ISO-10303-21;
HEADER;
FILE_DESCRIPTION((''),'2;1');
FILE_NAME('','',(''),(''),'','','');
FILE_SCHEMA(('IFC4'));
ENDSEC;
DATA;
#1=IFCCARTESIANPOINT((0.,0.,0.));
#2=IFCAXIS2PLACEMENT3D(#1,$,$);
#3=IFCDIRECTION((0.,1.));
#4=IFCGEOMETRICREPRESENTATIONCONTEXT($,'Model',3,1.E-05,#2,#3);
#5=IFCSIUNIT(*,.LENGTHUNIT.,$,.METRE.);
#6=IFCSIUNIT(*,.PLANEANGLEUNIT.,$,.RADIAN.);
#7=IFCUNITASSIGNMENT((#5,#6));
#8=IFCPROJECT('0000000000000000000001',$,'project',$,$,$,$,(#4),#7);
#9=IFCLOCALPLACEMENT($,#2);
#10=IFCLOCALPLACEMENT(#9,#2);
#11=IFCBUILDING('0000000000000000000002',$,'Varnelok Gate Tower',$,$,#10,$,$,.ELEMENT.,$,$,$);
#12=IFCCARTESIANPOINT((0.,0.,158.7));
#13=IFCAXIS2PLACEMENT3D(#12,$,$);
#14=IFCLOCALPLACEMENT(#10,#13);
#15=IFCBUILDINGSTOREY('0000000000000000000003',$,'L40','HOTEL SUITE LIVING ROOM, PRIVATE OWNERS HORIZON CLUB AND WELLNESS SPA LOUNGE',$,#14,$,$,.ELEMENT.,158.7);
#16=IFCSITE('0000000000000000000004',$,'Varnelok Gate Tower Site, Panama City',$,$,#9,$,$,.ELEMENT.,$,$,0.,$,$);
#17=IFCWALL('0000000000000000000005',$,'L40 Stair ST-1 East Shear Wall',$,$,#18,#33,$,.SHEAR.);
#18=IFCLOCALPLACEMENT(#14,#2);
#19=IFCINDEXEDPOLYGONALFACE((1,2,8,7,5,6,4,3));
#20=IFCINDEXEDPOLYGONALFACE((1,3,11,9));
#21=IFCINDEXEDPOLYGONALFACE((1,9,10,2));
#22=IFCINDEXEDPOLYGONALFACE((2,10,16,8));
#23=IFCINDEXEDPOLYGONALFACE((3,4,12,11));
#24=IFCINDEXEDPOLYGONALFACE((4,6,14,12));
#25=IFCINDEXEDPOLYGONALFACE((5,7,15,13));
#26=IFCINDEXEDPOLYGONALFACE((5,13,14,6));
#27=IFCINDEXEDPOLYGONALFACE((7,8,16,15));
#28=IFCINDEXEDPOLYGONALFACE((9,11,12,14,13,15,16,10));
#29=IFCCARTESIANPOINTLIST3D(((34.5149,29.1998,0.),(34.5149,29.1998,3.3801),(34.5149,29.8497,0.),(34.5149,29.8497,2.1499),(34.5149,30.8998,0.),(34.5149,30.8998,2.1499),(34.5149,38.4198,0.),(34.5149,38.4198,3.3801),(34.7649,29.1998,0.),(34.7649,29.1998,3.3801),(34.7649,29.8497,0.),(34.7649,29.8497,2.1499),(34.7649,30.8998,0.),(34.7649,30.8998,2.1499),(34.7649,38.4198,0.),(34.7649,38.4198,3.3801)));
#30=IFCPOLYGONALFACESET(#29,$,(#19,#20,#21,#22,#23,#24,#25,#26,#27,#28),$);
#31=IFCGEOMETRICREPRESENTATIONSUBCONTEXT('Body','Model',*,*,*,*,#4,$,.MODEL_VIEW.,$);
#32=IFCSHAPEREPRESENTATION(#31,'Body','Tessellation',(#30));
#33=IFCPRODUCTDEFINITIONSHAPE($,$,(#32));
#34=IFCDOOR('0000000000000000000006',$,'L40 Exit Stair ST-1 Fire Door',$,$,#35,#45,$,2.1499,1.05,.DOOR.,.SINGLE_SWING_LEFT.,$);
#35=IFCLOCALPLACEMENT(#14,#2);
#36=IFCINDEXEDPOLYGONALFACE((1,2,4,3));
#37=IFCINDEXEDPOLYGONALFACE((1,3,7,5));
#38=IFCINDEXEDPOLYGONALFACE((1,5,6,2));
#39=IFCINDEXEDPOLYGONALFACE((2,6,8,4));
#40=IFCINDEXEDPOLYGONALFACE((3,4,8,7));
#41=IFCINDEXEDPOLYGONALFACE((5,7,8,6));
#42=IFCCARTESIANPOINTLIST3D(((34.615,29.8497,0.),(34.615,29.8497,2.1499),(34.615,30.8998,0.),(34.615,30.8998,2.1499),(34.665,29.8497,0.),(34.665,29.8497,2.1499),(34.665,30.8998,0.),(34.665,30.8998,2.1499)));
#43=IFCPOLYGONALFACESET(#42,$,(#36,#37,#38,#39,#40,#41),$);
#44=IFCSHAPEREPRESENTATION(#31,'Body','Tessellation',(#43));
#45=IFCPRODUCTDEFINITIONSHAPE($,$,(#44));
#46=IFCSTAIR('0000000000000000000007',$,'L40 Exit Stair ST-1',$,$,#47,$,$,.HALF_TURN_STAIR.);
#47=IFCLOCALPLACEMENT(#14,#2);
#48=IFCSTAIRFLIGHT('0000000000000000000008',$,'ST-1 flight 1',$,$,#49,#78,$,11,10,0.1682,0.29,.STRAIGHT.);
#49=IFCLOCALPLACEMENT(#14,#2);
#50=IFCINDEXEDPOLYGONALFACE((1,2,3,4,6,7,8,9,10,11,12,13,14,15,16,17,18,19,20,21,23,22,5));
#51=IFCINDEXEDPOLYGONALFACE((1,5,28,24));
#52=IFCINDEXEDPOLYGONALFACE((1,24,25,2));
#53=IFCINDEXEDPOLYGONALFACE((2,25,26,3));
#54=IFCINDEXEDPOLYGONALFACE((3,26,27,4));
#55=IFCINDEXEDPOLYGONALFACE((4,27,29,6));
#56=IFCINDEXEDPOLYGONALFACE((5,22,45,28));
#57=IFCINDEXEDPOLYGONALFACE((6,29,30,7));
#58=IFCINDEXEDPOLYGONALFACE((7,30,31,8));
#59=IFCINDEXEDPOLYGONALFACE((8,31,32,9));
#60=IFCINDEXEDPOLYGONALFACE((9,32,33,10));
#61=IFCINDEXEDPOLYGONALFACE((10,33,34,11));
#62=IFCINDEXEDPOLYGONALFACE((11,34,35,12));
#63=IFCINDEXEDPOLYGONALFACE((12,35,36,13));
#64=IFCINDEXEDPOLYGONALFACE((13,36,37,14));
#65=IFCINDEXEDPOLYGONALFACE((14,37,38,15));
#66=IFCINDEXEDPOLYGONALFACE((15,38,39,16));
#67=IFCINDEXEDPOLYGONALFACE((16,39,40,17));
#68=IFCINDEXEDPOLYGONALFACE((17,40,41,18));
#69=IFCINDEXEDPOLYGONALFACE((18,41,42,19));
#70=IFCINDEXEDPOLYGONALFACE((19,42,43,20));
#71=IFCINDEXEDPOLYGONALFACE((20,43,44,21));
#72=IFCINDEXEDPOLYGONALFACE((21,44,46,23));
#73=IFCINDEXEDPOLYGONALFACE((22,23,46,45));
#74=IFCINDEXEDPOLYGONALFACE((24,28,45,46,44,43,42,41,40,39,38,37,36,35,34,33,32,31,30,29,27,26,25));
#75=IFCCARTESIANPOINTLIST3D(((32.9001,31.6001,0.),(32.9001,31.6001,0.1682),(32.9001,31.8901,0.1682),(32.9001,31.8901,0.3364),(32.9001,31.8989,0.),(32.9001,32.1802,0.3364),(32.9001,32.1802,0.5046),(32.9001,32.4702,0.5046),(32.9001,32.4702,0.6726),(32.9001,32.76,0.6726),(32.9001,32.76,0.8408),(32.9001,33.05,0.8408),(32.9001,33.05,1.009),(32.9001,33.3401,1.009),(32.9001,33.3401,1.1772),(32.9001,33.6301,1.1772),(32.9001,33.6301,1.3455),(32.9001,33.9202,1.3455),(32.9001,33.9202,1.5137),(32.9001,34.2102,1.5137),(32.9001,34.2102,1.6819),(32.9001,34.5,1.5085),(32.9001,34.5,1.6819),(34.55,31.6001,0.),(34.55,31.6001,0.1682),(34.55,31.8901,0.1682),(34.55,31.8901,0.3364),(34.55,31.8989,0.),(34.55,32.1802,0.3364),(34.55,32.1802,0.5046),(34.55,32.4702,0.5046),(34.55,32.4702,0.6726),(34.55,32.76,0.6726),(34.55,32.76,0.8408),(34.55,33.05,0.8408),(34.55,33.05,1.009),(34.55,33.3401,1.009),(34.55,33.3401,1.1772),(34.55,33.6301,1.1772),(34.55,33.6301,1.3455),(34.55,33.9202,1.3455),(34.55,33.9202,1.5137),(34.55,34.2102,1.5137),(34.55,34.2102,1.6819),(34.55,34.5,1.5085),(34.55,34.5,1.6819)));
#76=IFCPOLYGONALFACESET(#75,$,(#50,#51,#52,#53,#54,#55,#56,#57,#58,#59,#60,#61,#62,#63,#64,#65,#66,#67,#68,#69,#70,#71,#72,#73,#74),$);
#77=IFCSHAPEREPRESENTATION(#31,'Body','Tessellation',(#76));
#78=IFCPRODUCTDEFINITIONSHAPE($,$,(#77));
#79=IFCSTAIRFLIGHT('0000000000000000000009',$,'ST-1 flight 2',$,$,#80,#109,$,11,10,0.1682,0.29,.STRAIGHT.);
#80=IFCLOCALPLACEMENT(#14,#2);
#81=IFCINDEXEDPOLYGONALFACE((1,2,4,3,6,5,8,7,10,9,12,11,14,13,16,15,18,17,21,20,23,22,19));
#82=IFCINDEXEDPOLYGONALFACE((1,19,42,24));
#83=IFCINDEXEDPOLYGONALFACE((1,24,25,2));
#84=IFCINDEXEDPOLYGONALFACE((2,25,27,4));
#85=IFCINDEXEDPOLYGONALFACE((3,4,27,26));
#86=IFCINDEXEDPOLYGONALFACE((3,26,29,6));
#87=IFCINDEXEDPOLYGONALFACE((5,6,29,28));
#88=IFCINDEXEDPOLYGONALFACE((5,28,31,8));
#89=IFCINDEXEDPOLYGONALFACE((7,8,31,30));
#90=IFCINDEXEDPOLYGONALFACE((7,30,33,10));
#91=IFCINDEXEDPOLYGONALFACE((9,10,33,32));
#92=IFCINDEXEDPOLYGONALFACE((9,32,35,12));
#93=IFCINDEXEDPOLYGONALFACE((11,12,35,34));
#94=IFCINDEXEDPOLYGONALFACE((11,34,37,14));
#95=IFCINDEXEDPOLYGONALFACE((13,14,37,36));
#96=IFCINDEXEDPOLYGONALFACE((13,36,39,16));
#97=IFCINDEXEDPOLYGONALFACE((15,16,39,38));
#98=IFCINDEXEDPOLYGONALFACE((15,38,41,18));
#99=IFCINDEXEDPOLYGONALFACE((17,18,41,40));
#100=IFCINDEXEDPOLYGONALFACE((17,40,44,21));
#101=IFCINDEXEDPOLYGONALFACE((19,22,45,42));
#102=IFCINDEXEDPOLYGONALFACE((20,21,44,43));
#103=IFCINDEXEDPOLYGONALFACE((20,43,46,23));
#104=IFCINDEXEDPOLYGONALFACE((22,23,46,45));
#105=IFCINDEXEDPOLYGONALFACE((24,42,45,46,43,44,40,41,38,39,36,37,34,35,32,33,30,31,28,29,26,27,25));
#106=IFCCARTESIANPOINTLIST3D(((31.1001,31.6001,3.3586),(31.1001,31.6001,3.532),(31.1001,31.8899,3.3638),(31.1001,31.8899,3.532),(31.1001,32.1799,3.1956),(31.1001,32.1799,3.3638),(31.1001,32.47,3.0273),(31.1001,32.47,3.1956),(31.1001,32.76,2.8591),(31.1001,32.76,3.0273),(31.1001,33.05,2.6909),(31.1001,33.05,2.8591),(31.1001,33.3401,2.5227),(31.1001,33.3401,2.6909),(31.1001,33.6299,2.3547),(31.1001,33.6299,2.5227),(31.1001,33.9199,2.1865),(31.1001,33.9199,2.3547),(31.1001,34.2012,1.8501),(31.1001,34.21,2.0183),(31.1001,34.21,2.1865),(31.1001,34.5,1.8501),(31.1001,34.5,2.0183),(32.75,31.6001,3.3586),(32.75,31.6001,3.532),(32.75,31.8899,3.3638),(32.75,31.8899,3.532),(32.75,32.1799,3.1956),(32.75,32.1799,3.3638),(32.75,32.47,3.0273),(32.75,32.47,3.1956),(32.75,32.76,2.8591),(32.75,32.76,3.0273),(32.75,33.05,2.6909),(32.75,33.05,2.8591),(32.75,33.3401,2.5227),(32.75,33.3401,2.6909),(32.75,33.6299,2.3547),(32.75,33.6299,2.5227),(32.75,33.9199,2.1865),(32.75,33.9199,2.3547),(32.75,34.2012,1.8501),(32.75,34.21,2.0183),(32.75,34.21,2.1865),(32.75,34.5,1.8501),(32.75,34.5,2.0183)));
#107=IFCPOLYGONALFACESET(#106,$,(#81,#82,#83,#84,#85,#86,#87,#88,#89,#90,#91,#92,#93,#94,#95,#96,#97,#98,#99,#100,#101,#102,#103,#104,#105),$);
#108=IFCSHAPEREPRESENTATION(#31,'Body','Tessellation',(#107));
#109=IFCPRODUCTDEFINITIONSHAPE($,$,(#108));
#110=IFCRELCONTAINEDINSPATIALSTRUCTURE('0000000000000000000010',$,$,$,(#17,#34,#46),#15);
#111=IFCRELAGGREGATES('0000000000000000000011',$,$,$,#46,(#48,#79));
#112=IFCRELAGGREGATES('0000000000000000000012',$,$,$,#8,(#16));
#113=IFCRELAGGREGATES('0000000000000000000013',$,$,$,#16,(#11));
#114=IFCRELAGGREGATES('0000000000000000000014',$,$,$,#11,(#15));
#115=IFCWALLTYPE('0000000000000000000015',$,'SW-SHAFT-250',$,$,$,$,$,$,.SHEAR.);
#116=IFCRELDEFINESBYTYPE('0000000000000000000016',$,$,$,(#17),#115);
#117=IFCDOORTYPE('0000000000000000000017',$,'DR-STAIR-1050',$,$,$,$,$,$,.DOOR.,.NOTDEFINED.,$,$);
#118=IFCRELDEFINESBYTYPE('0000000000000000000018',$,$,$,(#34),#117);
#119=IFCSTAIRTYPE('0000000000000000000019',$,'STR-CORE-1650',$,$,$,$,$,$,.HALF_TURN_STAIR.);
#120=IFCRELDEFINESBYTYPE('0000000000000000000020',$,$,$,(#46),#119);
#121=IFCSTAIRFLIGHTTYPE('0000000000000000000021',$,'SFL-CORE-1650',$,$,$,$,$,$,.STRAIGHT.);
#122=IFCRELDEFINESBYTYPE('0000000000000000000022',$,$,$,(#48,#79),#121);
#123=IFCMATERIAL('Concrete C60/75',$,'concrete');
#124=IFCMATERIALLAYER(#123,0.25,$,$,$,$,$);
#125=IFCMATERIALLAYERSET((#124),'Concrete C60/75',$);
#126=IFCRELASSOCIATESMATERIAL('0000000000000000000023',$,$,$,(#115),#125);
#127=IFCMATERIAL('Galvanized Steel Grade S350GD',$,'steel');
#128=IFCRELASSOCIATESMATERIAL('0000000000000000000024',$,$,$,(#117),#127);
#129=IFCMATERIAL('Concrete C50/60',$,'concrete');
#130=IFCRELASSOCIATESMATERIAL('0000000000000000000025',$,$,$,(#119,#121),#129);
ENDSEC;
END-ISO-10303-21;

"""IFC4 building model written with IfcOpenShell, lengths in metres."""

from ifc_helpers import new_model, si_unit, direction, frame, frame_2d, origin, place, context, subcontext, project, spatial, polyline, rectangle, outline, extrude, material, layer, layer_set, type_object, element, fill, aggregate, save


model = new_model("IFC4")

# Units and contexts
model_context = context("Model", 3, precision=1e-05, world=origin(), true_north=direction((0.0, 1.0)))
body_context = subcontext(model_context, "Body", "Model", "MODEL_VIEW")
ifc_project = project(units=[si_unit("LENGTHUNIT", "METRE"), si_unit("PLANEANGLEUNIT", "RADIAN")], contexts=[model_context])

# Site, building, storey
site_placement = place(None, origin())
site = spatial("IfcSite", under=ifc_project, at=site_placement, Name="Varnelok Gate Tower Site, Panama City", CompositionType="ELEMENT", RefElevation=0.0)
building_placement = place(site_placement, origin())
building = spatial("IfcBuilding", under=site, at=building_placement, Name="Varnelok Gate Tower", CompositionType="ELEMENT")
storey_placement = place(building_placement, frame((0.0, 0.0, 158.7)))
storey = spatial("IfcBuildingStorey", under=building, at=storey_placement, Name="L40", Description="HOTEL SUITE LIVING ROOM, PRIVATE OWNERS HORIZON CLUB AND WELLNESS SPA LOUNGE", CompositionType="ELEMENT", Elevation=158.7)

# Shared definitions
ifc_material_1 = material(Name="Concrete C60/75", Category="concrete")

# Shared definitions
ifc_material_2 = material(Name="Galvanized Steel Grade S350GD", Category="steel")

# Wall, opening, door
ifc_layer_1 = layer(ifc_material_1, 0.25)
ifc_layer_set_1 = layer_set([ifc_layer_1], Name="Concrete C60/75")
wall_type_1 = type_object("IfcWallType", Name="SW-SHAFT-250", PredefinedType="SHEAR", material=ifc_layer_set_1)
wall_1_placement = place(storey_placement, frame((34.6399, 29.2, 0.0), z_axis=(0.0, 0.0, 1.0), x_axis=(0.0, 1.0, 0.0)))
wall_1 = element("IfcWall", 1, at=wall_1_placement, inside=storey, type_object=wall_type_1, Name="L40 Stair ST-1 East Shear Wall", PredefinedType="SHEAR", context=body_context, shape_type="SweptSolid", body=[
    extrude(rectangle(XDim=9.22, YDim=0.25, at=frame_2d((4.6099, 0.0))), origin(), (0.0, 0.0, 1.0), 3.3801),
])
opening_1_placement = place(wall_1_placement, frame((0.6499, 0.0, 0.0)))
opening_1 = element("IfcOpeningElement", 2, at=opening_1_placement, cuts=wall_1, PredefinedType="OPENING", context=body_context, shape_type="SweptSolid", body=[
    extrude(rectangle(XDim=1.05, YDim=2.1499, at=frame_2d((0.5249, 1.075))), frame((0.0, 0.135, 0.0), z_axis=(0.0, -1.0, 0.0), x_axis=(1.0, 0.0, 0.0)), (0.0, 0.0, 1.0), 0.27),
])
door_type_1 = type_object("IfcDoorType", Name="DR-STAIR-1050", OperationType="NOTDEFINED", PredefinedType="DOOR", material=ifc_material_2)
door_1_placement = place(opening_1_placement, origin())
door_1 = element("IfcDoor", 3, at=door_1_placement, inside=storey, type_object=door_type_1, Name="L40 Exit Stair ST-1 Fire Door", OperationType="SINGLE_SWING_LEFT", OverallHeight=2.1499, OverallWidth=1.05, PredefinedType="DOOR", context=body_context, shape_type="SweptSolid", body=[
    extrude(rectangle(XDim=1.05, YDim=2.1499, at=frame_2d((0.5249, 1.075))), frame((0.0, 0.0249, 0.0), z_axis=(0.0, -1.0, 0.0), x_axis=(1.0, 0.0, 0.0)), (0.0, 0.0, 1.0), 0.05),
])
fill(opening_1, door_1)

# Stair, stair flights
ifc_material_3 = material(Name="Concrete C50/60", Category="concrete")
stair_type = type_object("IfcStairType", Name="STR-CORE-1650", PredefinedType="HALF_TURN_STAIR", material=ifc_material_3)
stair_placement = place(storey_placement, origin())
stair = element("IfcStair", 4, at=stair_placement, inside=storey, type_object=stair_type, Name="L40 Exit Stair ST-1", PredefinedType="HALF_TURN_STAIR")
stair_flight_type = type_object("IfcStairFlightType", Name="SFL-CORE-1650", PredefinedType="STRAIGHT", material=ifc_material_3)
stair_flight_1_placement = place(storey_placement, frame((33.7251, 31.6001, 0.0), z_axis=(0.0, 0.0, 1.0), x_axis=(0.0, 1.0, 0.0)))
stair_flight_1 = element("IfcStairFlight", 5, at=stair_flight_1_placement, type_object=stair_flight_type, Name="ST-1 flight 1", NumberOfRisers=11, NumberOfTreads=10, PredefinedType="STRAIGHT", RiserHeight=0.1682, TreadLength=0.29, context=body_context, shape_type="SweptSolid", body=[
    extrude(outline(polyline([(0.0, 0.0), (0.0, 0.1682), (0.29, 0.1682), (0.29, 0.3364), (0.5801, 0.3364), (0.5801, 0.5046), (0.8701, 0.5046), (0.8701, 0.6726), (1.1599, 0.6726), (1.1599, 0.8408), (1.45, 0.8408), (1.45, 1.009), (1.74, 1.009), (1.74, 1.1772), (2.03, 1.1772), (2.03, 1.3455), (2.3201, 1.3455), (2.3201, 1.5137), (2.6101, 1.5137), (2.6101, 1.6819), (2.8999, 1.6819), (2.8999, 1.8501), (2.8999, 1.5085), (0.2988, 0.0), (0.0, 0.0)])), frame((0.0, 0.825, 0.0), z_axis=(0.0, -1.0, 0.0), x_axis=(1.0, 0.0, 0.0)), (0.0, 0.0, 1.0), 1.6499),
])
stair_flight_2_placement = place(storey_placement, frame((31.925, 34.5, 1.8501), z_axis=(0.0, 0.0, 1.0), x_axis=(0.0, -1.0, 0.0)))
stair_flight_2 = element("IfcStairFlight", 6, at=stair_flight_2_placement, type_object=stair_flight_type, Name="ST-1 flight 2", NumberOfRisers=11, NumberOfTreads=10, PredefinedType="STRAIGHT", RiserHeight=0.1682, TreadLength=0.29, context=body_context, shape_type="SweptSolid", body=[
    extrude(outline(polyline([(0.0, 0.0), (0.0, 0.1682), (0.29, 0.1682), (0.29, 0.3364), (0.5801, 0.3364), (0.5801, 0.5046), (0.8701, 0.5046), (0.8701, 0.6726), (1.1599, 0.6726), (1.1599, 0.8408), (1.45, 0.8408), (1.45, 1.009), (1.74, 1.009), (1.74, 1.1772), (2.03, 1.1772), (2.03, 1.3455), (2.3201, 1.3455), (2.3201, 1.5137), (2.6101, 1.5137), (2.6101, 1.6819), (2.8999, 1.6819), (2.8999, 1.8501), (2.8999, 1.5085), (0.2988, 0.0), (0.0, 0.0)])), frame((0.0, 0.825, 0.0), z_axis=(0.0, -1.0, 0.0), x_axis=(1.0, 0.0, 0.0)), (0.0, 0.0, 1.0), 1.6499),
])
aggregate(stair, [stair_flight_1, stair_flight_2])

save(model, "model.ifc")
